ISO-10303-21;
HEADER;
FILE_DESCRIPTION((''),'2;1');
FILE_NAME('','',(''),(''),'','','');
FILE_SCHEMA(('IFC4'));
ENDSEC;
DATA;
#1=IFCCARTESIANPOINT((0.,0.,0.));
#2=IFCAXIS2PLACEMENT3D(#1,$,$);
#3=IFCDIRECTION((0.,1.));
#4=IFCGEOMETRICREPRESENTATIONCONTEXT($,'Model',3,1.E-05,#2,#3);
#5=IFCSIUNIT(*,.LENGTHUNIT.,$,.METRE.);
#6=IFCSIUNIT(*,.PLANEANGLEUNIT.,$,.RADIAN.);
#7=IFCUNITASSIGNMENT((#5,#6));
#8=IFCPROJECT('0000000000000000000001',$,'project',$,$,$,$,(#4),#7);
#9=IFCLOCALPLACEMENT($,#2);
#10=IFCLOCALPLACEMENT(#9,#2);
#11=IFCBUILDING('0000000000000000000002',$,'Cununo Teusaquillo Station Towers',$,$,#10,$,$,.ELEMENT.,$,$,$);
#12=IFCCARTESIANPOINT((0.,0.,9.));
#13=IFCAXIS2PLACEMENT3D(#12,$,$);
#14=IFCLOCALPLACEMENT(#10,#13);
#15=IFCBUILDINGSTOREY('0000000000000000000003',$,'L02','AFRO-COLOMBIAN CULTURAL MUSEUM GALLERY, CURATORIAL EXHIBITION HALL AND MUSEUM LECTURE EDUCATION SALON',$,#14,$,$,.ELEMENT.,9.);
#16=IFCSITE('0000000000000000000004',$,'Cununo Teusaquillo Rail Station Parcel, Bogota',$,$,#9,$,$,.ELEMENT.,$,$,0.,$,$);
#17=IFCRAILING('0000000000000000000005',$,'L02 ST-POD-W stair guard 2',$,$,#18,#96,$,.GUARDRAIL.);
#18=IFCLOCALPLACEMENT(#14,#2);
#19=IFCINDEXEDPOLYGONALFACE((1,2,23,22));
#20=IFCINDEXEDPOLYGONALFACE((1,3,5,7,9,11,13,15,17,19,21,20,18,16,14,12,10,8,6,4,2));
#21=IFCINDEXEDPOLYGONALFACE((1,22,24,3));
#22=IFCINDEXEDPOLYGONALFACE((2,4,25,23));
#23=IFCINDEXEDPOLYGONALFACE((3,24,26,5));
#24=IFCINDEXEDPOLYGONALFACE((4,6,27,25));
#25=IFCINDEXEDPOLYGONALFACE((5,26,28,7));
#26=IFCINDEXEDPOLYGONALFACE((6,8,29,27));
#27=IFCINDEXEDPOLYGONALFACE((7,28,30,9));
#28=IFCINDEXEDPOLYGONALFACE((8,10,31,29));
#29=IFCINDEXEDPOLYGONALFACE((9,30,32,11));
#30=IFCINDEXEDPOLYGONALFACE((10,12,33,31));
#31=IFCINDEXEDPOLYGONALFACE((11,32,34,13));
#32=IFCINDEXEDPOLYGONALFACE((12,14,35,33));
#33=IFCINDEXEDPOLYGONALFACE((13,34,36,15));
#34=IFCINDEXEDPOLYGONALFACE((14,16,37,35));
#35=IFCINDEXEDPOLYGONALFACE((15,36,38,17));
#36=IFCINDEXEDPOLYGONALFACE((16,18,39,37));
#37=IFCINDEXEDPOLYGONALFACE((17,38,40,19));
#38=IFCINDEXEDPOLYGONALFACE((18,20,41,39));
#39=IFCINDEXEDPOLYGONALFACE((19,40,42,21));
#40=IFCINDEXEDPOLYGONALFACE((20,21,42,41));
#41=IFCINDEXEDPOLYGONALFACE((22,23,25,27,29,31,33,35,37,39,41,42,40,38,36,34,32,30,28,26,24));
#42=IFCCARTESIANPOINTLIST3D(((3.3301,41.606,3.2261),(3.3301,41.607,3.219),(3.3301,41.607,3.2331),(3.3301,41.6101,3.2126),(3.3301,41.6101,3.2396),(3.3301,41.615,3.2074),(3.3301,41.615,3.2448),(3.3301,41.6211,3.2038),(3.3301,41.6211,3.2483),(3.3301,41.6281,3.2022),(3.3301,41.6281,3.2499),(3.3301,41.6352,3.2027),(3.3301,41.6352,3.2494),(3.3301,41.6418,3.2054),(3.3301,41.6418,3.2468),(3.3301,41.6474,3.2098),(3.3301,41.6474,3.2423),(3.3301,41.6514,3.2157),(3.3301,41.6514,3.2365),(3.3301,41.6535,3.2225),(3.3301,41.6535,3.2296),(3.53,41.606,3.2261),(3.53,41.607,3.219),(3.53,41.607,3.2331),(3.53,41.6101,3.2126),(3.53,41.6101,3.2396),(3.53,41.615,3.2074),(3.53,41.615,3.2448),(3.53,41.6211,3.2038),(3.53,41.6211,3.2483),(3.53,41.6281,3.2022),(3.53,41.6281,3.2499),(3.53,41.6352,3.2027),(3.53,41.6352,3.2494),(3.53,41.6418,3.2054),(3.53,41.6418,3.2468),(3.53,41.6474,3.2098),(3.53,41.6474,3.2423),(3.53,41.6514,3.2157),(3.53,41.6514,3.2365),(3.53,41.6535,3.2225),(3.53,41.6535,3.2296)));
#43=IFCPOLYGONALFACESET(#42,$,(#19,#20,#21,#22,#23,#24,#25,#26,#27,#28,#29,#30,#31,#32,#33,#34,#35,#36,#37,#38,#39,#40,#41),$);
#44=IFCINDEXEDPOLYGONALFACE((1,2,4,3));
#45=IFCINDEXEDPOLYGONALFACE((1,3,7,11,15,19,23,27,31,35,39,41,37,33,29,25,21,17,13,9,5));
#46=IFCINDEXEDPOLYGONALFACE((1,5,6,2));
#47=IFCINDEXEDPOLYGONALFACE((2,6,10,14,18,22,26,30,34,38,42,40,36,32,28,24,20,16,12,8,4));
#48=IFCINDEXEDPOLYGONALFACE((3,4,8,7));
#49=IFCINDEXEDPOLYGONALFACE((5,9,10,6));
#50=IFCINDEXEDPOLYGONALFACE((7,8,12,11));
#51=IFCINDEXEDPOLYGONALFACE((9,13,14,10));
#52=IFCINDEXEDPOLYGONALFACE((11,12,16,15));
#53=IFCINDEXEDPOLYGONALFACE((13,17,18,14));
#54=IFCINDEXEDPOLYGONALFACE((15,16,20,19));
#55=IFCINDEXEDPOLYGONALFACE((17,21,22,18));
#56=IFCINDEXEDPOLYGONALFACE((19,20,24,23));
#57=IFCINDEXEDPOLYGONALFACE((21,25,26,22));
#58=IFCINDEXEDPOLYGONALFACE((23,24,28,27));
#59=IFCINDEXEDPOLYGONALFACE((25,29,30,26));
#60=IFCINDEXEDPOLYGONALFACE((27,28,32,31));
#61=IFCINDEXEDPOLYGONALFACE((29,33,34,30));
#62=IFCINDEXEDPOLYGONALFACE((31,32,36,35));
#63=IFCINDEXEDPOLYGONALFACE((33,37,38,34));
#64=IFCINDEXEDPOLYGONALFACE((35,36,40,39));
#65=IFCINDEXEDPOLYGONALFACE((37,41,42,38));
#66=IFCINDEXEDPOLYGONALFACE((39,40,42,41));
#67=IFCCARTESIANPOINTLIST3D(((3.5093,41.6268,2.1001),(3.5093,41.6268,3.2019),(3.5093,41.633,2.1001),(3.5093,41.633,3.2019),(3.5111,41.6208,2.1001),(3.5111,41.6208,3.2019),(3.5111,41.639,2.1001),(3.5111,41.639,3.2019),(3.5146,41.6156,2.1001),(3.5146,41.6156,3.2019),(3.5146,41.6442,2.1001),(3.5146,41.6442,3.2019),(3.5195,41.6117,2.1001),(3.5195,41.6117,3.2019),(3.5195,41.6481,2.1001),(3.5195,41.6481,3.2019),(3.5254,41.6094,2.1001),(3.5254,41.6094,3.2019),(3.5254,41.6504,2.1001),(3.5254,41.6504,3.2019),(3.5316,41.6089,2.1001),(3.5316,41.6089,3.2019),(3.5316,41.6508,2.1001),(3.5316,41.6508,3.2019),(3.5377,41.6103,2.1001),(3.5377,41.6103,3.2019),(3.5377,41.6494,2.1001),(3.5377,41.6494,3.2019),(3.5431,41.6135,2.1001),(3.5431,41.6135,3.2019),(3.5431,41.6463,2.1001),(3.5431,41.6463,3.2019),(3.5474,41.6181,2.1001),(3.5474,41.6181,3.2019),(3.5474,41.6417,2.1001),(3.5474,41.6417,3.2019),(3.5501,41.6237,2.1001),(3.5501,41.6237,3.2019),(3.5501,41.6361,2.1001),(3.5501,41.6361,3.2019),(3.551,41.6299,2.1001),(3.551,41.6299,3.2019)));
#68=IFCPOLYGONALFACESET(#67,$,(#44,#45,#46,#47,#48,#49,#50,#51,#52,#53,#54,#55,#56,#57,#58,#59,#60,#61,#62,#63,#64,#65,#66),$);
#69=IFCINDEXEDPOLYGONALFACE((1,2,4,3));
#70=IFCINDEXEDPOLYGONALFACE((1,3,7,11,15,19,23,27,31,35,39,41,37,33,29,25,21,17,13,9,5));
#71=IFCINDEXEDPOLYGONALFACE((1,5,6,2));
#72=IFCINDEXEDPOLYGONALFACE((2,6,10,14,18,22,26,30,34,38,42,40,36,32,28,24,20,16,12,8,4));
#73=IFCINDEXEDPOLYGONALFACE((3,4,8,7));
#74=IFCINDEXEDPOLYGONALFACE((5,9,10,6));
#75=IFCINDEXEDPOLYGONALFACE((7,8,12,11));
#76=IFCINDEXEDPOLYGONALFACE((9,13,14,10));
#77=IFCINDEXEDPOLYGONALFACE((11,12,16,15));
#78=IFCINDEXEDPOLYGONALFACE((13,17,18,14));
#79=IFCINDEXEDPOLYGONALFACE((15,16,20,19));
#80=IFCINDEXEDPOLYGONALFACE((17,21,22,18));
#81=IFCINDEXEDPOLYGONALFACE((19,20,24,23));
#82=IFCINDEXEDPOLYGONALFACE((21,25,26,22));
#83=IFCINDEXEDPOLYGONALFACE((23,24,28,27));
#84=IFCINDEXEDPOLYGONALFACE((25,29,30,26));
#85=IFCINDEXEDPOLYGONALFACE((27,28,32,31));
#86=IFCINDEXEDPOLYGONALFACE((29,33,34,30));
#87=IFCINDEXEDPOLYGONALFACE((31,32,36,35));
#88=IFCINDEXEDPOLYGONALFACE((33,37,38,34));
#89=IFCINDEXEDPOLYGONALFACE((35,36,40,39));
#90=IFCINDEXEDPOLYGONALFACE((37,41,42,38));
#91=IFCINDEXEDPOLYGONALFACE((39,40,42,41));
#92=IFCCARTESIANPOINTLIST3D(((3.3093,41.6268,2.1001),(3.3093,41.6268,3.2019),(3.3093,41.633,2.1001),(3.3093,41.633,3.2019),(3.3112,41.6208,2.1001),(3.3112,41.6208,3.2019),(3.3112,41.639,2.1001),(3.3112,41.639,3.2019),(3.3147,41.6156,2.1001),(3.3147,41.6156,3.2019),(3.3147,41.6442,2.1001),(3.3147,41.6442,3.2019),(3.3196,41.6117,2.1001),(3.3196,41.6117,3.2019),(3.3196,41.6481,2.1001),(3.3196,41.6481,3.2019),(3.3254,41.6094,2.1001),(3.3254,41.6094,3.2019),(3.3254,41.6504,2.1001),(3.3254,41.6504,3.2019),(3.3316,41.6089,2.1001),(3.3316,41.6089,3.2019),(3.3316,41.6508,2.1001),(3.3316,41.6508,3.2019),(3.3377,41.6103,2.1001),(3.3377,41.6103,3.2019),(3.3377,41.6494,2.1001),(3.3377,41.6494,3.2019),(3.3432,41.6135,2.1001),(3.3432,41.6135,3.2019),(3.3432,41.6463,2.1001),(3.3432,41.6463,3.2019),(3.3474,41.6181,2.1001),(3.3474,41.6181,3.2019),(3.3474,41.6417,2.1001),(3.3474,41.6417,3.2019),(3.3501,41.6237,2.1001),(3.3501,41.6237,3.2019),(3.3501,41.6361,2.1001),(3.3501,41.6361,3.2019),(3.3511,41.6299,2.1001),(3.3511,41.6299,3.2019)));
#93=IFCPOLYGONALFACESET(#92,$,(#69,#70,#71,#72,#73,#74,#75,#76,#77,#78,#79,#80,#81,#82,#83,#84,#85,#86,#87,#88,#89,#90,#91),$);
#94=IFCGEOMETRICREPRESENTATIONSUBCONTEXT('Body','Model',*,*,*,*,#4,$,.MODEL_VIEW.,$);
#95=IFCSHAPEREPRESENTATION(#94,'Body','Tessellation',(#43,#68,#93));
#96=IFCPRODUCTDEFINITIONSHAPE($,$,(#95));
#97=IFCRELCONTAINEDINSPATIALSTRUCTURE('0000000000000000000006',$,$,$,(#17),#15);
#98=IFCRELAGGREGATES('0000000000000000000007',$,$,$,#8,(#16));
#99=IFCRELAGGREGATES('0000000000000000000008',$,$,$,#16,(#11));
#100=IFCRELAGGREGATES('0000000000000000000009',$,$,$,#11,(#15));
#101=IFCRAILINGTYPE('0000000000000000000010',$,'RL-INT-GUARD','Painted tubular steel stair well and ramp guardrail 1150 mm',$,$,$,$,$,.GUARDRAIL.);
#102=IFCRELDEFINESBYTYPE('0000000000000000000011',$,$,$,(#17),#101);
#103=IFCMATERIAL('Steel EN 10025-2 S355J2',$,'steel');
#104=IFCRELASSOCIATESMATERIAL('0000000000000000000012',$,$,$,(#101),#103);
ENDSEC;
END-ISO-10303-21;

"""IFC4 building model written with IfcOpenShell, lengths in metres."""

from ifc_helpers import new_model, si_unit, direction, frame, origin, origin_2d, place, context, subcontext, project, spatial, circle, extrude, material, type_object, element, save


model = new_model("IFC4")

# Units and contexts
model_context = context("Model", 3, precision=1e-05, world=origin(), true_north=direction((0.0, 1.0)))
body_context = subcontext(model_context, "Body", "Model", "MODEL_VIEW")
ifc_project = project(units=[si_unit("LENGTHUNIT", "METRE"), si_unit("PLANEANGLEUNIT", "RADIAN")], contexts=[model_context])

# Site, building, storey
site_placement = place(None, origin())
site = spatial("IfcSite", under=ifc_project, at=site_placement, Name="Cununo Teusaquillo Rail Station Parcel, Bogota", CompositionType="ELEMENT", RefElevation=0.0)
building_placement = place(site_placement, origin())
building = spatial("IfcBuilding", under=site, at=building_placement, Name="Cununo Teusaquillo Station Towers", CompositionType="ELEMENT")
storey_placement = place(building_placement, frame((0.0, 0.0, 9.0)))
storey = spatial("IfcBuildingStorey", under=building, at=storey_placement, Name="L02", Description="AFRO-COLOMBIAN CULTURAL MUSEUM GALLERY, CURATORIAL EXHIBITION HALL AND MUSEUM LECTURE EDUCATION SALON", CompositionType="ELEMENT", Elevation=9.0)

# Railing
ifc_material_1 = material(Name="Steel EN 10025-2 S355J2", Category="steel")
railing_type_1 = type_object("IfcRailingType", Name="RL-INT-GUARD", Description="Painted tubular steel stair well and ramp guardrail 1150 mm", PredefinedType="GUARDRAIL", material=ifc_material_1)
railing_1_placement = place(storey_placement, frame((3.53, 41.6299, 2.1001)))
element("IfcRailing", 1, at=railing_1_placement, inside=storey, type_object=railing_type_1, Name="L02 ST-POD-W stair guard 2", PredefinedType="GUARDRAIL", context=body_context, shape_type="SweptSolid", body=[
    extrude(circle(Radius=0.0239, at=origin_2d()), frame((0.0, 0.0, 1.126), z_axis=(-1.0, 0.0, 0.0), x_axis=(0.0, -1.0, 0.0)), (0.0, 0.0, 1.0), 0.2),
    extrude(circle(Radius=0.021, at=origin_2d()), origin(), (0.0, 0.0, 1.0), 1.1018),
    extrude(circle(Radius=0.021, at=origin_2d()), frame((-0.2, 0.0, 0.0)), (0.0, 0.0, 1.0), 1.1018),
])

save(model, "model.ifc")
